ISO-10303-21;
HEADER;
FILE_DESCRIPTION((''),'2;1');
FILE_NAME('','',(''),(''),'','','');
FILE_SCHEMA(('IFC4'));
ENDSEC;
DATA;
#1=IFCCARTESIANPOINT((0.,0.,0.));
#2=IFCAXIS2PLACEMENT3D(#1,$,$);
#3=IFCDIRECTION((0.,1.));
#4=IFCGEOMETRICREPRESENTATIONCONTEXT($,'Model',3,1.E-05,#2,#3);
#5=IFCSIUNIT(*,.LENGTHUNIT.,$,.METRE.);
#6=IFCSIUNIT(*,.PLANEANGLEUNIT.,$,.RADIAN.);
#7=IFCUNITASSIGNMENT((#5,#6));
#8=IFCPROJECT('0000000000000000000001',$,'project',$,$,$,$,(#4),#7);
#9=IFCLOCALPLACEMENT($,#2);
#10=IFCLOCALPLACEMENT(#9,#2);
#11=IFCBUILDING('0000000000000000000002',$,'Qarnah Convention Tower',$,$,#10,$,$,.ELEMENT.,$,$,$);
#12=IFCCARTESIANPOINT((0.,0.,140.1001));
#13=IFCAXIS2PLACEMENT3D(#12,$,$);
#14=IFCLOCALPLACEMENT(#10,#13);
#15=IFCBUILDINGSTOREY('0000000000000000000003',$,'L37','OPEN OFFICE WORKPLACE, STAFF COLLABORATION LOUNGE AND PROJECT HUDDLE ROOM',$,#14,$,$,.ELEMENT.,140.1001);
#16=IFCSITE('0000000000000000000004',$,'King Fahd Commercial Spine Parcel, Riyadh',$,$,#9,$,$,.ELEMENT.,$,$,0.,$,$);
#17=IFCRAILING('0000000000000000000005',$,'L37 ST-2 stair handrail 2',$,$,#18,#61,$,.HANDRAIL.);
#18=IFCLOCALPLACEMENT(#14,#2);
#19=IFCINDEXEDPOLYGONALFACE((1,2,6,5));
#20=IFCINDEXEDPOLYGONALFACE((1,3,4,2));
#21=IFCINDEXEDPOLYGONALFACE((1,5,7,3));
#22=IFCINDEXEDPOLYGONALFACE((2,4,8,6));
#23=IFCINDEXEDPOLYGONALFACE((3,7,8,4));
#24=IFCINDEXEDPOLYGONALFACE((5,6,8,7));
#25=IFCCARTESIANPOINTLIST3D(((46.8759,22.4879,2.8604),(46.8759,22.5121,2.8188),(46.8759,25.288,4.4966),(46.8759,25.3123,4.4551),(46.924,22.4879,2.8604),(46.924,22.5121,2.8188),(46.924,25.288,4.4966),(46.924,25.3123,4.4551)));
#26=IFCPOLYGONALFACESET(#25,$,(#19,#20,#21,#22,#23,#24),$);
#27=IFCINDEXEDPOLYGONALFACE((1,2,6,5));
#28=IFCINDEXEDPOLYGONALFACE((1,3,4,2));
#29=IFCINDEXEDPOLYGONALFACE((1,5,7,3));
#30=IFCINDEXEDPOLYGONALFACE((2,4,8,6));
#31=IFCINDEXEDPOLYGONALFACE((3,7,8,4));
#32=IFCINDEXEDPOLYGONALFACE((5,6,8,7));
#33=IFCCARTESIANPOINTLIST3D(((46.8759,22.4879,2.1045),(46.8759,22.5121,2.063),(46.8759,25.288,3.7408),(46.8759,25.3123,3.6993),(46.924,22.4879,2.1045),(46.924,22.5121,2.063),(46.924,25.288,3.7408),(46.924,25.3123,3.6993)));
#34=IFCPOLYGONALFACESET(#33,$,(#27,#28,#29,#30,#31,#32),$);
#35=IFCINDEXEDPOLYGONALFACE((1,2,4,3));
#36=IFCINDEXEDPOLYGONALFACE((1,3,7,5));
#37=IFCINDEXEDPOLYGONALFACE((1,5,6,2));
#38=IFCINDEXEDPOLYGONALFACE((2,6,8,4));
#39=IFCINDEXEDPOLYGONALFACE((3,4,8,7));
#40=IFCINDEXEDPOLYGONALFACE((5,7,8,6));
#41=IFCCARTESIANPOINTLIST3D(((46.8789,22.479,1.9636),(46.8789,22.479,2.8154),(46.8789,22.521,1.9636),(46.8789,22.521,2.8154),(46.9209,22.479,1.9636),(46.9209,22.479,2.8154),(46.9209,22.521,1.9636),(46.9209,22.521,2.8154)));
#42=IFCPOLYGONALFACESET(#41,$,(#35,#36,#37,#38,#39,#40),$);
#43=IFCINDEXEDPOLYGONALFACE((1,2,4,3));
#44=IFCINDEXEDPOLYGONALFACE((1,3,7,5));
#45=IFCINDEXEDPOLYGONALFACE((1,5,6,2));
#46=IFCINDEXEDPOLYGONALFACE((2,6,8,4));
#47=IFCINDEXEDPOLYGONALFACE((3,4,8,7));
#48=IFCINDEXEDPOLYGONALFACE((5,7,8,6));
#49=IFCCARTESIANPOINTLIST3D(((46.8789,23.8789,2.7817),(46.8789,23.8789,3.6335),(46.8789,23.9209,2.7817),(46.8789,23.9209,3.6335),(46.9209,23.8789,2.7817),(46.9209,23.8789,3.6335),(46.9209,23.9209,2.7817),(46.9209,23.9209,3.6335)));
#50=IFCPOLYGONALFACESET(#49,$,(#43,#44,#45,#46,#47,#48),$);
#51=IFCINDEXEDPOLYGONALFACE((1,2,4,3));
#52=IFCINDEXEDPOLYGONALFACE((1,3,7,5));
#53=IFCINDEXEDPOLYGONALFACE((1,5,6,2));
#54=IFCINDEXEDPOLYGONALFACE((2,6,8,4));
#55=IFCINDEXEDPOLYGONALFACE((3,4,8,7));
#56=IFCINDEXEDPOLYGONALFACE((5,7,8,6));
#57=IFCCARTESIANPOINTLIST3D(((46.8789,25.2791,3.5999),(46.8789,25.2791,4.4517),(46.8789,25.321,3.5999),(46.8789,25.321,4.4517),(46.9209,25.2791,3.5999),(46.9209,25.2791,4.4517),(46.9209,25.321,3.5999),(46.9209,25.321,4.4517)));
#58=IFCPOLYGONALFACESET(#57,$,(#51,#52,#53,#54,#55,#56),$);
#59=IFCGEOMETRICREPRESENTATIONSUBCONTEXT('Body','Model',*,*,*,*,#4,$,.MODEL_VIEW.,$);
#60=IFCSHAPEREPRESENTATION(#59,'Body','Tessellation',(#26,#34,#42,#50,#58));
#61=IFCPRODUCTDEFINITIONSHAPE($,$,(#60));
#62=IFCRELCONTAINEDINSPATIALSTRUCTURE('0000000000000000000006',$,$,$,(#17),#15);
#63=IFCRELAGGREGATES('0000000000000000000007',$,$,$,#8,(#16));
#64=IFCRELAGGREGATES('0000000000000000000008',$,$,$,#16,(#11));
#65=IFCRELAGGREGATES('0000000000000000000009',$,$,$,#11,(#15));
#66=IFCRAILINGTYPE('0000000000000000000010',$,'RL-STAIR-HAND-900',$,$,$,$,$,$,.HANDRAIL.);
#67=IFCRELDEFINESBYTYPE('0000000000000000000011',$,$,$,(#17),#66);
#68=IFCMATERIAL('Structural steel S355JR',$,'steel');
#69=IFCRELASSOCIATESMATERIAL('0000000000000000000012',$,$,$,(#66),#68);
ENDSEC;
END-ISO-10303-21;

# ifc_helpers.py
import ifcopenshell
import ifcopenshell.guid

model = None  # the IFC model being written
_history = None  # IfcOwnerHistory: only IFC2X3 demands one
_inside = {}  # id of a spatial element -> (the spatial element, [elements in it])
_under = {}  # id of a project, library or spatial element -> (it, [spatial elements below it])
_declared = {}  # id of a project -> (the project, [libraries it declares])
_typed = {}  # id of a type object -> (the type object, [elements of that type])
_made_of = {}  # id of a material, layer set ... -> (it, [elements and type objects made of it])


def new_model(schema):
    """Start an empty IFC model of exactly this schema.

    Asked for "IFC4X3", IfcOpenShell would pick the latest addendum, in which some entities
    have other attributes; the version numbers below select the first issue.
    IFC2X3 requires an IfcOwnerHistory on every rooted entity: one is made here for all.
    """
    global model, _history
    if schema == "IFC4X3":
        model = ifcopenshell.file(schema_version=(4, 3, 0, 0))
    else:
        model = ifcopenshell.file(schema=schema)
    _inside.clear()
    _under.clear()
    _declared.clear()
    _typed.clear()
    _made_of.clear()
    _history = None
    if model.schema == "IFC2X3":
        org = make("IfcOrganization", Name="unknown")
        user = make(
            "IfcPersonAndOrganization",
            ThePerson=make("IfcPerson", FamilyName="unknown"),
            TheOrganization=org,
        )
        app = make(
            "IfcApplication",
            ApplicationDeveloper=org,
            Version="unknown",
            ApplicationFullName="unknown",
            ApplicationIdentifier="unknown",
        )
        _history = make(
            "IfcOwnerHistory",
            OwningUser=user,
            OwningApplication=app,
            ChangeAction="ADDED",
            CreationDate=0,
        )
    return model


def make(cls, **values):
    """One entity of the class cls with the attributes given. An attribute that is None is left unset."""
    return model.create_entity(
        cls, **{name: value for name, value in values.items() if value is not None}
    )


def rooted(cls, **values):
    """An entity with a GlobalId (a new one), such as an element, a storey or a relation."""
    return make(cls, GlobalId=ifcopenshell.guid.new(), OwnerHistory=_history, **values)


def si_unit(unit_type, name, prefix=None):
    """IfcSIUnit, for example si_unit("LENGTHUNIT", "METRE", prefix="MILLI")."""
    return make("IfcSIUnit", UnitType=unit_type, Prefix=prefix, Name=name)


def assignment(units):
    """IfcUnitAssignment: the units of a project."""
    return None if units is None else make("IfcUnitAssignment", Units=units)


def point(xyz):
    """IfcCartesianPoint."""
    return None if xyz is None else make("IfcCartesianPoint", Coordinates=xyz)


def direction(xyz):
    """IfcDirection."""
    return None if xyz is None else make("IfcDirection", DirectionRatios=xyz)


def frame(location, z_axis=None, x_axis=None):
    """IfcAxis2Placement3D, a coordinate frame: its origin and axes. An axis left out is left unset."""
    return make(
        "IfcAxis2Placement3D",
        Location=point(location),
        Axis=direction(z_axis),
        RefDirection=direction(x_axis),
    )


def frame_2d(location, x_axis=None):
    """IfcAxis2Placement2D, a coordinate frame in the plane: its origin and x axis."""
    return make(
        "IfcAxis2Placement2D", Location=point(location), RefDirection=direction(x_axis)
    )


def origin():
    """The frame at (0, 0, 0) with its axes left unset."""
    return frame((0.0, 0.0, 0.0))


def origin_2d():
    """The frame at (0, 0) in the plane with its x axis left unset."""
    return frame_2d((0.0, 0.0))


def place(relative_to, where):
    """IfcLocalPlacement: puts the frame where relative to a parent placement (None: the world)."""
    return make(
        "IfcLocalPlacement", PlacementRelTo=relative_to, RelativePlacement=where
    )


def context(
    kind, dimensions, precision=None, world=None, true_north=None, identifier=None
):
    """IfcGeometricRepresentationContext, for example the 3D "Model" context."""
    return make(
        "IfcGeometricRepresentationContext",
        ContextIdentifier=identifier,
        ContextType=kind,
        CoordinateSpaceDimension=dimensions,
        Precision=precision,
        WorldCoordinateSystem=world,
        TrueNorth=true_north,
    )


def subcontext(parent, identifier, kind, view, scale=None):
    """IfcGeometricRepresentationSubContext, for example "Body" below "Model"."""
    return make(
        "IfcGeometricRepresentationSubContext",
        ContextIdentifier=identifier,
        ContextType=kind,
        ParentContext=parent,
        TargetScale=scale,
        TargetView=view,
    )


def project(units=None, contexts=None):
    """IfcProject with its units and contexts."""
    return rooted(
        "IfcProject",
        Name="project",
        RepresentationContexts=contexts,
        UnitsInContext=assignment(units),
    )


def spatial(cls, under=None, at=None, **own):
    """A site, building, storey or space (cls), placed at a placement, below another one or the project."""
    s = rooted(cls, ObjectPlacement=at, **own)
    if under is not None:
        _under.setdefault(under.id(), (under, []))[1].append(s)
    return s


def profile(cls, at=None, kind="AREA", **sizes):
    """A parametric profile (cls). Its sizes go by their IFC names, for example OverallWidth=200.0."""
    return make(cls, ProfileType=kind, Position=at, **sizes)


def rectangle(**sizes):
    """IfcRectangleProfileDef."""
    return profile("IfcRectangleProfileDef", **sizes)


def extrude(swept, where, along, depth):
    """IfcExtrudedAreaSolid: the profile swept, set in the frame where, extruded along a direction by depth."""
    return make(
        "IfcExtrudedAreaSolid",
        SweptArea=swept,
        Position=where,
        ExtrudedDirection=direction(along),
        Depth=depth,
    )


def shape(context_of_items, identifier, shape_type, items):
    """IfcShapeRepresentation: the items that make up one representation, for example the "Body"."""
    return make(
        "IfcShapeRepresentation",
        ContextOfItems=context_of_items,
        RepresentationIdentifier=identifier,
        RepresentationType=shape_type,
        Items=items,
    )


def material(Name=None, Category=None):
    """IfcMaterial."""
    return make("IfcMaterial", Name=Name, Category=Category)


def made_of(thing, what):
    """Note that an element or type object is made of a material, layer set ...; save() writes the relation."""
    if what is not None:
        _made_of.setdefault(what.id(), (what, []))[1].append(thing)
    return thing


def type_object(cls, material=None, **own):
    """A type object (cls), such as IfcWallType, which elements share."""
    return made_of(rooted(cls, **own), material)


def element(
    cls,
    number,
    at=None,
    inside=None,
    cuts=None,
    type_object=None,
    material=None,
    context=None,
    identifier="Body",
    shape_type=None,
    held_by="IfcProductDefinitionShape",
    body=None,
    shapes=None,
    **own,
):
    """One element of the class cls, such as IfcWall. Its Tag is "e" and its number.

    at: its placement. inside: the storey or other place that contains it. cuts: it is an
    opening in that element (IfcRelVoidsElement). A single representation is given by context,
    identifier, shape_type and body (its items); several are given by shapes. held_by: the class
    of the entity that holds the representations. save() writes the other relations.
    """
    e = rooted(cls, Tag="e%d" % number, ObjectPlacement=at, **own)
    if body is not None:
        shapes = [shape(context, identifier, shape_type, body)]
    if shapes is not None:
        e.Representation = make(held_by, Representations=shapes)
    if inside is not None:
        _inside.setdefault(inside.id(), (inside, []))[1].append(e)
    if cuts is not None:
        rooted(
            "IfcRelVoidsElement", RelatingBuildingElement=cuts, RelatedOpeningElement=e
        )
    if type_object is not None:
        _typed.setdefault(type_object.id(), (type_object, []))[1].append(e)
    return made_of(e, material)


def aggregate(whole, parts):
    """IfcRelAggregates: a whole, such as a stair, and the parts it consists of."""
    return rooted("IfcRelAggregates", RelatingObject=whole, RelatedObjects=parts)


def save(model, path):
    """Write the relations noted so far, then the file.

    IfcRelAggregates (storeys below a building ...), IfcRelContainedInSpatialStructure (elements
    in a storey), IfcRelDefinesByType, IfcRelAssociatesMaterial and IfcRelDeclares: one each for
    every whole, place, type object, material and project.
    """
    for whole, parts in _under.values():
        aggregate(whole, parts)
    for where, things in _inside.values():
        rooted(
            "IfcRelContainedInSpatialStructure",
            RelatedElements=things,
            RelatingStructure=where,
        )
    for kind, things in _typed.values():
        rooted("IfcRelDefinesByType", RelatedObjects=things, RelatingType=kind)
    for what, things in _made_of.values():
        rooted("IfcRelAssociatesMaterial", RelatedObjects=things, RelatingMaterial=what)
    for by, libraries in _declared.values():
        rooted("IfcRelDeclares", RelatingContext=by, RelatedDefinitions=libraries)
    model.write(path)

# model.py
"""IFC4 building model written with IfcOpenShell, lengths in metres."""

from ifc_helpers import new_model, si_unit, direction, frame, origin, origin_2d, place, context, subcontext, project, spatial, rectangle, extrude, material, type_object, element, save


model = new_model("IFC4")

# Units and contexts
model_context = context("Model", 3, precision=1e-05, world=origin(), true_north=direction((0.0, 1.0)))
body_context = subcontext(model_context, "Body", "Model", "MODEL_VIEW")
ifc_project = project(units=[si_unit("LENGTHUNIT", "METRE"), si_unit("PLANEANGLEUNIT", "RADIAN")], contexts=[model_context])

# Site, building, storey
site_placement = place(None, origin())
site = spatial("IfcSite", under=ifc_project, at=site_placement, Name="King Fahd Commercial Spine Parcel, Riyadh", CompositionType="ELEMENT", RefElevation=0.0)
building_placement = place(site_placement, origin())
building = spatial("IfcBuilding", under=site, at=building_placement, Name="Qarnah Convention Tower", CompositionType="ELEMENT")
storey_placement = place(building_placement, frame((0.0, 0.0, 140.1001)))
storey = spatial("IfcBuildingStorey", under=building, at=storey_placement, Name="L37", Description="OPEN OFFICE WORKPLACE, STAFF COLLABORATION LOUNGE AND PROJECT HUDDLE ROOM", CompositionType="ELEMENT", Elevation=140.1001)

# Shared definitions
ifc_material_1 = material(Name="Structural steel S355JR", Category="steel")

# Railing
railing_type_1 = type_object("IfcRailingType", Name="RL-STAIR-HAND-900", PredefinedType="HANDRAIL", material=ifc_material_1)
railing_1_placement = place(storey_placement, frame((46.8999, 22.5, 1.9636)))
element("IfcRailing", 1, at=railing_1_placement, inside=storey, type_object=railing_type_1, Name="L37 ST-2 stair handrail 2", PredefinedType="HANDRAIL", context=body_context, shape_type="SweptSolid", body=[
    extrude(rectangle(XDim=0.0481, YDim=0.0481, at=origin_2d()), frame((0.0, 0.0, 0.876), z_axis=(0.0, 0.863394, 0.504531), x_axis=(-1.0, 0.0, 0.0)), (0.0, 0.0, 1.0), 3.2432),
    extrude(rectangle(XDim=0.0481, YDim=0.0481, at=origin_2d()), frame((0.0, 0.0, 0.1201), z_axis=(0.0, 0.863394, 0.504531), x_axis=(-1.0, 0.0, 0.0)), (0.0, 0.0, 1.0), 3.2432),
    extrude(rectangle(XDim=0.042, YDim=0.042, at=origin_2d()), origin(), (0.0, 0.0, 1.0), 0.8518),
    extrude(rectangle(XDim=0.042, YDim=0.042, at=origin_2d()), frame((0.0, 1.3999, 0.8181)), (0.0, 0.0, 1.0), 0.8518),
    extrude(rectangle(XDim=0.042, YDim=0.042, at=origin_2d()), frame((0.0, 2.8, 1.6362)), (0.0, 0.0, 1.0), 0.8518),
])

save(model, "model.ifc")
